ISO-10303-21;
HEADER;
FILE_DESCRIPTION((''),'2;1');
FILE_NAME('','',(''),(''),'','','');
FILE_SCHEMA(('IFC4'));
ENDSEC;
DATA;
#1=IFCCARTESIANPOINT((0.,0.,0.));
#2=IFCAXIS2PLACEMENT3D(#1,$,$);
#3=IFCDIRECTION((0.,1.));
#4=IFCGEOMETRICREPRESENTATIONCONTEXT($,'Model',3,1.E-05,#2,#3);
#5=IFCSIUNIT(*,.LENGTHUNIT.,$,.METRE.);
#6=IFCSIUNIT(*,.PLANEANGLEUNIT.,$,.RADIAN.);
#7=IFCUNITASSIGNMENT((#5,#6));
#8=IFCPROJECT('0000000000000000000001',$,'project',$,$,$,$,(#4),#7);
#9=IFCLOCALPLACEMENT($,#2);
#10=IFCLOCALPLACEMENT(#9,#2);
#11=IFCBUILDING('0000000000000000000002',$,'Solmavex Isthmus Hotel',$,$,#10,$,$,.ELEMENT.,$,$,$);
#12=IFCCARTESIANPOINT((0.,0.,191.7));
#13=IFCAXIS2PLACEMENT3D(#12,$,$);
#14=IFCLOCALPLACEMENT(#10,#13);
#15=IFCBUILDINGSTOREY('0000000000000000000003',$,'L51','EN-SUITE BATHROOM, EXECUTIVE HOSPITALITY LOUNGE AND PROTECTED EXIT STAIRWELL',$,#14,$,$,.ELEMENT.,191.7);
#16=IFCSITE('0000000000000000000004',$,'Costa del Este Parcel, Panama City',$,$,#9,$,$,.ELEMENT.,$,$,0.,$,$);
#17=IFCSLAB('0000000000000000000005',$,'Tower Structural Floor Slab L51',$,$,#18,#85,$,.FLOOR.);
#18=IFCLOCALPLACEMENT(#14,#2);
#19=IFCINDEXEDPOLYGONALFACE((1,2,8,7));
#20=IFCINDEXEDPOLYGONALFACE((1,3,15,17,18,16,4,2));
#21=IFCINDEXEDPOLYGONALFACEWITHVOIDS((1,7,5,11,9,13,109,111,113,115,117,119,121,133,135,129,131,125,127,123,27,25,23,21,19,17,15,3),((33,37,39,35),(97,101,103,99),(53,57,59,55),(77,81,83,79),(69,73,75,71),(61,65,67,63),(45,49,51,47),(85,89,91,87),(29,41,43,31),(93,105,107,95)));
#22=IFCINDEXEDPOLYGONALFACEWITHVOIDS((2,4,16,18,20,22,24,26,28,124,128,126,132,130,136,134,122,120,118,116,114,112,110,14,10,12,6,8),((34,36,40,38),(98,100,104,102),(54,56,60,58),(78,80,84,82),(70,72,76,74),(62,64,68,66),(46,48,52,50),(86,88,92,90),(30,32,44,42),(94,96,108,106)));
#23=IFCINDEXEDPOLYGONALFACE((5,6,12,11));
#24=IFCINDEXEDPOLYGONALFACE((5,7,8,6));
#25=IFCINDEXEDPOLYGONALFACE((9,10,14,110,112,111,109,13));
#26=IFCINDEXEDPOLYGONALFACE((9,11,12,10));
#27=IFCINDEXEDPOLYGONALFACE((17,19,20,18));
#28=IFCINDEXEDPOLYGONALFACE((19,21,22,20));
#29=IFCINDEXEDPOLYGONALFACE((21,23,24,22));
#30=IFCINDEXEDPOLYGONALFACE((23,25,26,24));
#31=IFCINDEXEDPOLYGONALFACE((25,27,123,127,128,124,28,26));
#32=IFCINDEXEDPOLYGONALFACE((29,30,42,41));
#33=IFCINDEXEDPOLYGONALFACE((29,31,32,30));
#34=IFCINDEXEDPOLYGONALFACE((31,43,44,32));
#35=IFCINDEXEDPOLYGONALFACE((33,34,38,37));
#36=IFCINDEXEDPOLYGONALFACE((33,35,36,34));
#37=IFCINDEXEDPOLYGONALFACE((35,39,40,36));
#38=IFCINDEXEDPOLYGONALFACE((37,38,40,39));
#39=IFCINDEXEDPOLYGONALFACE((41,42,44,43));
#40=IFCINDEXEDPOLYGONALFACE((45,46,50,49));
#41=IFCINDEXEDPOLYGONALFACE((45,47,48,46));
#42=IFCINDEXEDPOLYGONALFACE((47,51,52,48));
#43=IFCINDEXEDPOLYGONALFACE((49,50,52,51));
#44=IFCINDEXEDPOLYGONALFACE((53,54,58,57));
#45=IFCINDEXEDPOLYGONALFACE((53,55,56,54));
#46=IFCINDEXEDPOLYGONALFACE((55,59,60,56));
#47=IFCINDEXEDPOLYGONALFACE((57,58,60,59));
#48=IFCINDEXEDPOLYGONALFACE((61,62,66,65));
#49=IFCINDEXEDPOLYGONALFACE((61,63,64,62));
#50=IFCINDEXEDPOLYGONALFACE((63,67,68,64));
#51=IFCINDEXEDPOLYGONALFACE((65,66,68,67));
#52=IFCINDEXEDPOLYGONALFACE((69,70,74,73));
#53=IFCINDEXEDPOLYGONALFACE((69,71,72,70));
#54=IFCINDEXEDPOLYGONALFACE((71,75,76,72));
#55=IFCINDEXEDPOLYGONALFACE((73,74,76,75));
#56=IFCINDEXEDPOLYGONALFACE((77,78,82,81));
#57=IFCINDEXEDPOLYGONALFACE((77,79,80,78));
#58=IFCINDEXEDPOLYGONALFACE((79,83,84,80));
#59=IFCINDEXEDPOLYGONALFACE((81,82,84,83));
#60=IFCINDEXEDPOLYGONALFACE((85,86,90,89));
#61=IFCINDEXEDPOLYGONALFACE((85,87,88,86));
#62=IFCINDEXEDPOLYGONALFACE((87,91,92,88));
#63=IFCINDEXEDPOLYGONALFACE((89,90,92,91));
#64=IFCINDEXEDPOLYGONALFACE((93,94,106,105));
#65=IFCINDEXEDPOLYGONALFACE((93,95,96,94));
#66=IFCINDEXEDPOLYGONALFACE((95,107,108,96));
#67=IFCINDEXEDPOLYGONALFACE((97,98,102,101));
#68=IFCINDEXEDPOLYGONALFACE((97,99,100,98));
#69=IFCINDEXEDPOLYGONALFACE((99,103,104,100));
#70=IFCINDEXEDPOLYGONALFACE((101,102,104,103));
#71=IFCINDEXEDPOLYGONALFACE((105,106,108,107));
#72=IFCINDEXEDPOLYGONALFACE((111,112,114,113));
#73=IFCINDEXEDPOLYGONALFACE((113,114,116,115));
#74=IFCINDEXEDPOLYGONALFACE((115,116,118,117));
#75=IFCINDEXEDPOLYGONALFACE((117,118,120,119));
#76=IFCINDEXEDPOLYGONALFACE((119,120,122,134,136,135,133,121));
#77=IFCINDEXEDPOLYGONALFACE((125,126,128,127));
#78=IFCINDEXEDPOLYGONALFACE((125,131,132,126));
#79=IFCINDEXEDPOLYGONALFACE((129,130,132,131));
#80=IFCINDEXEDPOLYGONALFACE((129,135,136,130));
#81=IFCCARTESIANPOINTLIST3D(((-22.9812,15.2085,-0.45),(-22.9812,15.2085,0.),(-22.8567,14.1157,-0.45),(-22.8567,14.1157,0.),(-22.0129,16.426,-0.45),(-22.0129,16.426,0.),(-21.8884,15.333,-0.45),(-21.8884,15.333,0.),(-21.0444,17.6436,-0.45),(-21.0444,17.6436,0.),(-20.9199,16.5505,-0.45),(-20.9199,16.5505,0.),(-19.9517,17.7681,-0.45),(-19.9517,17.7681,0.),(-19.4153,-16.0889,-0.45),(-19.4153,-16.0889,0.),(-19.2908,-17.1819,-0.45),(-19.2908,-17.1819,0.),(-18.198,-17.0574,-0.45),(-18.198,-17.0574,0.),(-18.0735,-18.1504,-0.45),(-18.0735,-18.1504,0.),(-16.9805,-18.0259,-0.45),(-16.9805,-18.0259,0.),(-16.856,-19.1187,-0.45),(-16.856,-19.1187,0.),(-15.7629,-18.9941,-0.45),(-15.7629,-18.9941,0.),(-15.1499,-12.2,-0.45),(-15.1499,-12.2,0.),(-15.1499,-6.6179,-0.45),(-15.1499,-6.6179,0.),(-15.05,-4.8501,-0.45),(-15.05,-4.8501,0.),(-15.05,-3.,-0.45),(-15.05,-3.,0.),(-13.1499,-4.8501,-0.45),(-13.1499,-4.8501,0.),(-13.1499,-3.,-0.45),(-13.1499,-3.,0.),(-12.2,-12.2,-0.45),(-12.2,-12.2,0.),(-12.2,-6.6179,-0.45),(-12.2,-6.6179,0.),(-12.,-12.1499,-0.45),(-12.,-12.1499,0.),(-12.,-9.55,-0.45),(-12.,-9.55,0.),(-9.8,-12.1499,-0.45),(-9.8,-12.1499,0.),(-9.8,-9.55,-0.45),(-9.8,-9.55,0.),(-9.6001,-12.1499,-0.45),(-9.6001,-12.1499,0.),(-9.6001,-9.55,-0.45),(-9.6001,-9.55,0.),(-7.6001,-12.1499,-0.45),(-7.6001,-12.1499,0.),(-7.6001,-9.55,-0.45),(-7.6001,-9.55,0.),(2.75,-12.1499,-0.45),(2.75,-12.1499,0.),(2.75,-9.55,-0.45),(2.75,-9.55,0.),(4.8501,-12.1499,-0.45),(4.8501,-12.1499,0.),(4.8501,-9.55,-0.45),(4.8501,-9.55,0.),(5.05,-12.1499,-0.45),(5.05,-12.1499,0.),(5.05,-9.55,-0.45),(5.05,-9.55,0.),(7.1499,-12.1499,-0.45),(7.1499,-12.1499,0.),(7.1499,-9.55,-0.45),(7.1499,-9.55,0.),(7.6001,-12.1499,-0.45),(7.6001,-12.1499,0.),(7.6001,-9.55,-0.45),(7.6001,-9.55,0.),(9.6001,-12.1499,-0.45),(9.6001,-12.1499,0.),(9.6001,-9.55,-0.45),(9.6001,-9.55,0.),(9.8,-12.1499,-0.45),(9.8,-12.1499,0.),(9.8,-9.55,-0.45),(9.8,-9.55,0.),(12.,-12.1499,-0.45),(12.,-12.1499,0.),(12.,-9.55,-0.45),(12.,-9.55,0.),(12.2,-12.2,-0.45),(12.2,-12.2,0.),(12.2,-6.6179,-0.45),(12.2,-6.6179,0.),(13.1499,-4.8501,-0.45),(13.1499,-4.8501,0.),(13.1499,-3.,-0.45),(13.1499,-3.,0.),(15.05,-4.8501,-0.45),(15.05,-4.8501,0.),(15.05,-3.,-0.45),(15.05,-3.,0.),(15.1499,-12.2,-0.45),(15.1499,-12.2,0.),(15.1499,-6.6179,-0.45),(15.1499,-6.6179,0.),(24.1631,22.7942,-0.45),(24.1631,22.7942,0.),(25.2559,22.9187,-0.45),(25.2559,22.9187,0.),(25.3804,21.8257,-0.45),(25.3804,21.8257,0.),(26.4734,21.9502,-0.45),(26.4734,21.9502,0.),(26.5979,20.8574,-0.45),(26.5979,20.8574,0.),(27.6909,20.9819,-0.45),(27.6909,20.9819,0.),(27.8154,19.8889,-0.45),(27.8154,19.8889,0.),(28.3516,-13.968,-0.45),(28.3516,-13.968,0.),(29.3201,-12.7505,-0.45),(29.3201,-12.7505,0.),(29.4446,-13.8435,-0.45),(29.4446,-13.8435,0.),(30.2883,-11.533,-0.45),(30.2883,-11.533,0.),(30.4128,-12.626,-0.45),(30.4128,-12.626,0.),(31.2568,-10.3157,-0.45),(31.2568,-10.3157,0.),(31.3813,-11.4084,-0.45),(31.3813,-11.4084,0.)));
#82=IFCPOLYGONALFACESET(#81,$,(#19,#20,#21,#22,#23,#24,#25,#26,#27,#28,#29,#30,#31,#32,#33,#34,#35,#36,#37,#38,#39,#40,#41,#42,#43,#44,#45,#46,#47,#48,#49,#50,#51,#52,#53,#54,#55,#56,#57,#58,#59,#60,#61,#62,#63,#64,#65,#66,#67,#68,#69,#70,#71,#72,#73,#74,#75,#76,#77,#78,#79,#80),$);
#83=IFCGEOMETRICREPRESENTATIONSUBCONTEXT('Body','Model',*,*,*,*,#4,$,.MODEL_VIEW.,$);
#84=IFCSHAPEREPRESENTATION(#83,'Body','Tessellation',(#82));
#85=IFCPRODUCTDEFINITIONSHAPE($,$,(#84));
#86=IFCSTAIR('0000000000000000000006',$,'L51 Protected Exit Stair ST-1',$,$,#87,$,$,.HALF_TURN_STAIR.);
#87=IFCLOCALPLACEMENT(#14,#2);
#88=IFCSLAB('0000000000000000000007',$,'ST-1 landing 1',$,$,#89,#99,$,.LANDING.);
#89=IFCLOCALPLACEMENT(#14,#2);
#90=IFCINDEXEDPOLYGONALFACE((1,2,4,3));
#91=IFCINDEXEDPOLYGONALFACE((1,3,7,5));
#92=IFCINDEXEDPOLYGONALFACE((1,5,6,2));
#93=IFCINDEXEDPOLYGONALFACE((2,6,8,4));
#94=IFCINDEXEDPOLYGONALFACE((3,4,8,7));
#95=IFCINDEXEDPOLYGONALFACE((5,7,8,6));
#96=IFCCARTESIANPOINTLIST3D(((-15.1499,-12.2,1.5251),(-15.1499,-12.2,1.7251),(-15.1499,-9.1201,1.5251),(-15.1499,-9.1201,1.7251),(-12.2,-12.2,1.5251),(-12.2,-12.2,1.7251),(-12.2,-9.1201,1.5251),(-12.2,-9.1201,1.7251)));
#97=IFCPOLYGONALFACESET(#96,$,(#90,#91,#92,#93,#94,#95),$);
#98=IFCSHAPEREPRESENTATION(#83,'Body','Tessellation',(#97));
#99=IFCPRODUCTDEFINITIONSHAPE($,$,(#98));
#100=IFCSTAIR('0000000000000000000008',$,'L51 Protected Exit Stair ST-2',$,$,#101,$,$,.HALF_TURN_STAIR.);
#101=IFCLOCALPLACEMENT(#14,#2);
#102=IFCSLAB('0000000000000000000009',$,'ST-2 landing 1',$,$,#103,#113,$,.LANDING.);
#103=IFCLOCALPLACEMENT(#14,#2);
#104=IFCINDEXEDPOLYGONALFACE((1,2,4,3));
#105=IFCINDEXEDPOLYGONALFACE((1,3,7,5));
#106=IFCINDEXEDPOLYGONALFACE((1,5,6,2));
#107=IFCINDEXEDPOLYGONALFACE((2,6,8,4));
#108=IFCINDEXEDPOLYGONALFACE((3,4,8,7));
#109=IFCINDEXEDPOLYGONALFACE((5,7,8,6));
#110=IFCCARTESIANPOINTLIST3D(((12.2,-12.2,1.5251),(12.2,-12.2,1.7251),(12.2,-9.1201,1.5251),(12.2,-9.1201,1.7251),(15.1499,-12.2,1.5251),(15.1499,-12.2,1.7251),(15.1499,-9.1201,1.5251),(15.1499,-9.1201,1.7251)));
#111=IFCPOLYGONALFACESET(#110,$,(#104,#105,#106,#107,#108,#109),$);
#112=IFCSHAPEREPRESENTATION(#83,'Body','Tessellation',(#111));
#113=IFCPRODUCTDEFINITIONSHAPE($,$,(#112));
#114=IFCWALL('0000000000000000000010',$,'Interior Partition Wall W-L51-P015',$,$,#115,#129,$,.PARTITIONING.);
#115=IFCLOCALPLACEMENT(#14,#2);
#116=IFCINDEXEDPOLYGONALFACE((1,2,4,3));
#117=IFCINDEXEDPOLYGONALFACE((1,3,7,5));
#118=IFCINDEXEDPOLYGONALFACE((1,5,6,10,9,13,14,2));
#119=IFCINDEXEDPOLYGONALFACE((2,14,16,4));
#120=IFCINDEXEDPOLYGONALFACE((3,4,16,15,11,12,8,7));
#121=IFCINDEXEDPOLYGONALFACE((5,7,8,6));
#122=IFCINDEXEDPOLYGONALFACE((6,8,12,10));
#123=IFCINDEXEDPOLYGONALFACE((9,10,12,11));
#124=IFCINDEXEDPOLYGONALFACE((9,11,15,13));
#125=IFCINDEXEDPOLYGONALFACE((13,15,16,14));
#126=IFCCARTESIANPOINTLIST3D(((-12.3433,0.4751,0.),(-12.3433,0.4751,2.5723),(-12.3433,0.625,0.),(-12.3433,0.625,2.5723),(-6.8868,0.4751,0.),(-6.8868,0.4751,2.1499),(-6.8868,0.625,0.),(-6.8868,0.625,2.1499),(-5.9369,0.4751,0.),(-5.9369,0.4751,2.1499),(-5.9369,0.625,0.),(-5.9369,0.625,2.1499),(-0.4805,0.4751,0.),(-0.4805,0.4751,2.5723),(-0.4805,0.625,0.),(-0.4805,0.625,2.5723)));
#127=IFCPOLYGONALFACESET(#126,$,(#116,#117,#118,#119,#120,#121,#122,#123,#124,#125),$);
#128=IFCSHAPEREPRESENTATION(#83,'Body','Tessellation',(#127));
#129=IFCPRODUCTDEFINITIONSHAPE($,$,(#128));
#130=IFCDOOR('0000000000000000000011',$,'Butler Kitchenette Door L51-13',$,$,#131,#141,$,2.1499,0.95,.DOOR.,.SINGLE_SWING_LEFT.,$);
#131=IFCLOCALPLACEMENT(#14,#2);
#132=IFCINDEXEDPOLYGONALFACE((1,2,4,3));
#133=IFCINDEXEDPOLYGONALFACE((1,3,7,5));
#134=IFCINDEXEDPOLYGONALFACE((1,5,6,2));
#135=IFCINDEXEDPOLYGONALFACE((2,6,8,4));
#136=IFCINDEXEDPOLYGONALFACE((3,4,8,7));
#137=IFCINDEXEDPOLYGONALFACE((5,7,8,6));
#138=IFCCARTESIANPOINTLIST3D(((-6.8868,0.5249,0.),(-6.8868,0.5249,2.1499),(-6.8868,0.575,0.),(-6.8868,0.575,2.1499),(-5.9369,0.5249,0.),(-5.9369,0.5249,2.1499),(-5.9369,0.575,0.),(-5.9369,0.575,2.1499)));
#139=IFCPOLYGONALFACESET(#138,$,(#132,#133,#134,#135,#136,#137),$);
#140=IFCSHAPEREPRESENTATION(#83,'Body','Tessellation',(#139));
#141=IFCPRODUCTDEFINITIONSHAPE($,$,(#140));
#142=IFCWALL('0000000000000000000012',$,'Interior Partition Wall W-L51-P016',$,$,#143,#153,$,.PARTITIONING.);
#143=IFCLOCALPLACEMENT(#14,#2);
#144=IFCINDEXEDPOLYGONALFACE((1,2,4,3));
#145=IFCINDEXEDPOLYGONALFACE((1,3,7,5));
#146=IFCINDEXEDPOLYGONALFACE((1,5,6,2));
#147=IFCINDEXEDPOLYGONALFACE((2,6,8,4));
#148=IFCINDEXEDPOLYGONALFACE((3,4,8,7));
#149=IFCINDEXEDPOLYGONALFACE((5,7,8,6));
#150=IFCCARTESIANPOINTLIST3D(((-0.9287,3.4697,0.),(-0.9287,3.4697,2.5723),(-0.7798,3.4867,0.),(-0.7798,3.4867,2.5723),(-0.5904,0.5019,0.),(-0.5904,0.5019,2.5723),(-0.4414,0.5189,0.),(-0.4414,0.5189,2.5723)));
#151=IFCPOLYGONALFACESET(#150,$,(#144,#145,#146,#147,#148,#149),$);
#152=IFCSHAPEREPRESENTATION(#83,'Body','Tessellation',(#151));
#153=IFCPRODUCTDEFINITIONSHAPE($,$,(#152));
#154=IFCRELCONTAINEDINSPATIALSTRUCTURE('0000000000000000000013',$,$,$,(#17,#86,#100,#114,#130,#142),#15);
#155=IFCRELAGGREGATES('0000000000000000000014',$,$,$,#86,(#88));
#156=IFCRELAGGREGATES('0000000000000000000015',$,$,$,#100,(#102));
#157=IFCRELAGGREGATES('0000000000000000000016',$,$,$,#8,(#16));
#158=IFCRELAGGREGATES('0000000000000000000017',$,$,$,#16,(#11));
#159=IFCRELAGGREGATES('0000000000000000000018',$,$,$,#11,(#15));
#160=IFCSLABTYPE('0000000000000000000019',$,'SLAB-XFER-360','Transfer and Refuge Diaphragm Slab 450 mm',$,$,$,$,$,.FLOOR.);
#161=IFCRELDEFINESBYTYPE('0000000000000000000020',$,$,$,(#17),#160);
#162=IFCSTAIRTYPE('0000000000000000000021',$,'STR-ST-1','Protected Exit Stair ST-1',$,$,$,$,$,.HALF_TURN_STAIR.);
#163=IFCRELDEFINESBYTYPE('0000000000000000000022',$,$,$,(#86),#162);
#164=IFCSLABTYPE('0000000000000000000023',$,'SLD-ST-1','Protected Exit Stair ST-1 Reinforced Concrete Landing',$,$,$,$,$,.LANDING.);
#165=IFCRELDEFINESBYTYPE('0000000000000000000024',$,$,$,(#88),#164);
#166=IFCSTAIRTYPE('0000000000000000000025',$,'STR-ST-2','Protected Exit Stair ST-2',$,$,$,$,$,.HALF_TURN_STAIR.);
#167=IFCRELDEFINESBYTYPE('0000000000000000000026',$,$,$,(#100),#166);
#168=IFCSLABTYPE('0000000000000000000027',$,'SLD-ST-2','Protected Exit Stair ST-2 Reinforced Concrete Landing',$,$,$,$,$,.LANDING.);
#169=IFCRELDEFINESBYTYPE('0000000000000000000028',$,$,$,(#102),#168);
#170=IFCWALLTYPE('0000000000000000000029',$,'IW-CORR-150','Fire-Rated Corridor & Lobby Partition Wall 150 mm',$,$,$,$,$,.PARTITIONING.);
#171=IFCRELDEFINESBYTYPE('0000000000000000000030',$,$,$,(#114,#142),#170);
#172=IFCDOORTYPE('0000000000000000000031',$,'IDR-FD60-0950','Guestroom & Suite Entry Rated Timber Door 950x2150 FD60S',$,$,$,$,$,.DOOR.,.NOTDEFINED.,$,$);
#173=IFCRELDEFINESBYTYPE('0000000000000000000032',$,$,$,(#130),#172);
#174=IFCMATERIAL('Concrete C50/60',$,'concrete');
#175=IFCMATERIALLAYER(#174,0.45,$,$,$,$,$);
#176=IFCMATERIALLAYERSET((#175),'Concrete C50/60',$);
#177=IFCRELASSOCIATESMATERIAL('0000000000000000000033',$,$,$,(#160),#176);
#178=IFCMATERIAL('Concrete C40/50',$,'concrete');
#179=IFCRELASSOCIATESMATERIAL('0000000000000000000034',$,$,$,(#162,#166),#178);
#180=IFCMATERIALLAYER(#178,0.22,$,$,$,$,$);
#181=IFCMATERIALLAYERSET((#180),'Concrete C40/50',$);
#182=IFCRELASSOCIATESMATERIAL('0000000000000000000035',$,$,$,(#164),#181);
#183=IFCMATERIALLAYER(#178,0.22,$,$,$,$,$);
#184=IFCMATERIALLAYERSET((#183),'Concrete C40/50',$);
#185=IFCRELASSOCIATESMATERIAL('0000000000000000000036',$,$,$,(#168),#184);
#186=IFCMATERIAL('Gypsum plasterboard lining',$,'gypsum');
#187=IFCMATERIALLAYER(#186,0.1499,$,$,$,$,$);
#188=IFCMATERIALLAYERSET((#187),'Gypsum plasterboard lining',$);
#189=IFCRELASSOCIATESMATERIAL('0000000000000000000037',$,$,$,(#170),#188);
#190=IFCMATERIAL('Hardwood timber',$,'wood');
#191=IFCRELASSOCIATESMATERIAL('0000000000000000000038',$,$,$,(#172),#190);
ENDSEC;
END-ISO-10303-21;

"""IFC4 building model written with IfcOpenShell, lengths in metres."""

from ifc_helpers import new_model, si_unit, direction, frame, frame_2d, origin, place, context, subcontext, project, spatial, polyline, rectangle, outline, extrude, material, layer, layer_set, type_object, element, fill, aggregate, save


model = new_model("IFC4")

# Units and contexts
model_context = context("Model", 3, precision=1e-05, world=origin(), true_north=direction((0.0, 1.0)))
body_context = subcontext(model_context, "Body", "Model", "MODEL_VIEW")
ifc_project = project(units=[si_unit("LENGTHUNIT", "METRE"), si_unit("PLANEANGLEUNIT", "RADIAN")], contexts=[model_context])

# Site, building, storey
site_placement = place(None, origin())
site = spatial("IfcSite", under=ifc_project, at=site_placement, Name="Costa del Este Parcel, Panama City", CompositionType="ELEMENT", RefElevation=0.0)
building_placement = place(site_placement, origin())
building = spatial("IfcBuilding", under=site, at=building_placement, Name="Solmavex Isthmus Hotel", CompositionType="ELEMENT")
storey_placement = place(building_placement, frame((0.0, 0.0, 191.7)))
storey = spatial("IfcBuildingStorey", under=building, at=storey_placement, Name="L51", Description="EN-SUITE BATHROOM, EXECUTIVE HOSPITALITY LOUNGE AND PROTECTED EXIT STAIRWELL", CompositionType="ELEMENT", Elevation=191.7)

# Shared definitions
ifc_material_1 = material(Name="Concrete C50/60", Category="concrete")

# Slab
ifc_material_2 = material(Name="Concrete C40/50", Category="concrete")
ifc_layer_1 = layer(ifc_material_1, 0.45)
ifc_layer_set_1 = layer_set([ifc_layer_1], Name="Concrete C50/60")
slab_type_1 = type_object("IfcSlabType", Name="SLAB-XFER-360", Description="Transfer and Refuge Diaphragm Slab 450 mm", PredefinedType="FLOOR", material=ifc_layer_set_1)
slab_1_placement = place(storey_placement, frame((0.0, 0.0, -0.45)))
element("IfcSlab", 1, at=slab_1_placement, inside=storey, type_object=slab_type_1, Name="Tower Structural Floor Slab L51", PredefinedType="FLOOR", context=body_context, shape_type="SweptSolid", body=[
    extrude(outline(polyline([(-15.7629, -18.9941), (28.3516, -13.968), (29.4446, -13.8435), (29.3201, -12.7505), (30.4128, -12.626), (30.2883, -11.533), (31.3813, -11.4084), (31.2568, -10.3157), (27.8154, 19.8889), (27.6909, 20.9819), (26.5979, 20.8574), (26.4734, 21.9502), (25.3804, 21.8257), (25.2559, 22.9187), (24.1631, 22.7942), (-19.9517, 17.7681), (-21.0444, 17.6436), (-20.9199, 16.5505), (-22.0129, 16.426), (-21.8884, 15.333), (-22.9812, 15.2085), (-22.8567, 14.1157), (-19.4153, -16.0889), (-19.2908, -17.1819), (-18.198, -17.0574), (-18.0735, -18.1504), (-16.9805, -18.0259), (-16.856, -19.1187), (-15.7629, -18.9941)]), holes=[polyline([(-15.1499, -6.6179), (-15.1499, -12.2), (-12.2, -12.2), (-12.2, -6.6179), (-15.1499, -6.6179)]), polyline([(12.2, -6.6179), (12.2, -12.2), (15.1499, -12.2), (15.1499, -6.6179), (12.2, -6.6179)]), polyline([(-12.0, -12.1499), (-9.8, -12.1499), (-9.8, -9.55), (-12.0, -9.55), (-12.0, -12.1499)]), polyline([(9.8, -12.1499), (12.0, -12.1499), (12.0, -9.55), (9.8, -9.55), (9.8, -12.1499)]), polyline([(-9.6001, -12.1499), (-7.6001, -12.1499), (-7.6001, -9.55), (-9.6001, -9.55), (-9.6001, -12.1499)]), polyline([(7.6001, -12.1499), (9.6001, -12.1499), (9.6001, -9.55), (7.6001, -9.55), (7.6001, -12.1499)]), polyline([(2.75, -12.1499), (4.8501, -12.1499), (4.8501, -9.55), (2.75, -9.55), (2.75, -12.1499)]), polyline([(5.05, -12.1499), (7.1499, -12.1499), (7.1499, -9.55), (5.05, -9.55), (5.05, -12.1499)]), polyline([(-15.05, -4.8501), (-13.1499, -4.8501), (-13.1499, -3.0), (-15.05, -3.0), (-15.05, -4.8501)]), polyline([(13.1499, -4.8501), (15.05, -4.8501), (15.05, -3.0), (13.1499, -3.0), (13.1499, -4.8501)])]), origin(), (0.0, 0.0, 1.0), 0.45),
])

# Stairs, slabs
stair_type_1 = type_object("IfcStairType", Name="STR-ST-1", Description="Protected Exit Stair ST-1", PredefinedType="HALF_TURN_STAIR", material=ifc_material_2)
stair_1_placement = place(storey_placement, origin())
stair_1 = element("IfcStair", 2, at=stair_1_placement, inside=storey, type_object=stair_type_1, Name="L51 Protected Exit Stair ST-1", PredefinedType="HALF_TURN_STAIR")
ifc_layer_2 = layer(ifc_material_2, 0.22)
ifc_layer_set_2 = layer_set([ifc_layer_2], Name="Concrete C40/50")
slab_type_2 = type_object("IfcSlabType", Name="SLD-ST-1", Description="Protected Exit Stair ST-1 Reinforced Concrete Landing", PredefinedType="LANDING", material=ifc_layer_set_2)
slab_2_placement = place(storey_placement, frame((0.0, 0.0, 1.5251)))
slab_2 = element("IfcSlab", 3, at=slab_2_placement, type_object=slab_type_2, Name="ST-1 landing 1", PredefinedType="LANDING", context=body_context, shape_type="SweptSolid", body=[
    extrude(outline(polyline([(-15.1499, -9.1201), (-15.1499, -12.2), (-12.2, -12.2), (-12.2, -9.1201), (-15.1499, -9.1201)])), origin(), (0.0, 0.0, 1.0), 0.2),
])
aggregate(stair_1, [slab_2])
stair_type_2 = type_object("IfcStairType", Name="STR-ST-2", Description="Protected Exit Stair ST-2", PredefinedType="HALF_TURN_STAIR", material=ifc_material_2)
stair_2_placement = place(storey_placement, origin())
stair_2 = element("IfcStair", 4, at=stair_2_placement, inside=storey, type_object=stair_type_2, Name="L51 Protected Exit Stair ST-2", PredefinedType="HALF_TURN_STAIR")
ifc_layer_3 = layer(ifc_material_2, 0.22)
ifc_layer_set_3 = layer_set([ifc_layer_3], Name="Concrete C40/50")
slab_type_3 = type_object("IfcSlabType", Name="SLD-ST-2", Description="Protected Exit Stair ST-2 Reinforced Concrete Landing", PredefinedType="LANDING", material=ifc_layer_set_3)
slab_3_placement = place(storey_placement, frame((0.0, 0.0, 1.5251)))
slab_3 = element("IfcSlab", 5, at=slab_3_placement, type_object=slab_type_3, Name="ST-2 landing 1", PredefinedType="LANDING", context=body_context, shape_type="SweptSolid", body=[
    extrude(outline(polyline([(12.2, -9.1201), (12.2, -12.2), (15.1499, -12.2), (15.1499, -9.1201), (12.2, -9.1201)])), origin(), (0.0, 0.0, 1.0), 0.2),
])
aggregate(stair_2, [slab_3])

# Wall, opening, door
ifc_material_3 = material(Name="Gypsum plasterboard lining", Category="gypsum")
ifc_layer_4 = layer(ifc_material_3, 0.1499)
ifc_layer_set_4 = layer_set([ifc_layer_4], Name="Gypsum plasterboard lining")
wall_type = type_object("IfcWallType", Name="IW-CORR-150", Description="Fire-Rated Corridor & Lobby Partition Wall 150 mm", PredefinedType="PARTITIONING", material=ifc_layer_set_4)
wall_1_placement = place(storey_placement, frame((-12.3433, 0.55, 0.0), z_axis=(0.0, 0.0, 1.0), x_axis=(1.0, 0.0, 0.0)))
wall_1 = element("IfcWall", 6, at=wall_1_placement, inside=storey, type_object=wall_type, Name="Interior Partition Wall W-L51-P015", PredefinedType="PARTITIONING", context=body_context, shape_type="SweptSolid", body=[
    extrude(rectangle(XDim=11.8628, YDim=0.1499, at=frame_2d((5.9314, 0.0))), origin(), (0.0, 0.0, 1.0), 2.5723),
])
opening_placement = place(wall_1_placement, frame((5.4563, 0.0, 0.0)))
opening = element("IfcOpeningElement", 7, at=opening_placement, cuts=wall_1, PredefinedType="OPENING", context=body_context, shape_type="SweptSolid", body=[
    extrude(rectangle(XDim=0.95, YDim=2.1499, at=frame_2d((0.4751, 1.075))), frame((0.0, 0.085, 0.0), z_axis=(0.0, -1.0, 0.0), x_axis=(1.0, 0.0, 0.0)), (0.0, 0.0, 1.0), 0.1699),
])
ifc_material_4 = material(Name="Hardwood timber", Category="wood")
door_type = type_object("IfcDoorType", Name="IDR-FD60-0950", Description="Guestroom & Suite Entry Rated Timber Door 950x2150 FD60S", OperationType="NOTDEFINED", PredefinedType="DOOR", material=ifc_material_4)
door_placement = place(opening_placement, origin())
door = element("IfcDoor", 8, at=door_placement, inside=storey, type_object=door_type, Name="Butler Kitchenette Door L51-13", OperationType="SINGLE_SWING_LEFT", OverallHeight=2.1499, OverallWidth=0.95, PredefinedType="DOOR", context=body_context, shape_type="SweptSolid", body=[
    extrude(rectangle(XDim=0.95, YDim=2.1499, at=frame_2d((0.4751, 1.075))), frame((0.0, 0.0249, 0.0), z_axis=(0.0, -1.0, 0.0), x_axis=(1.0, 0.0, 0.0)), (0.0, 0.0, 1.0), 0.05),
])
fill(opening, door)

# Wall
wall_2_placement = place(storey_placement, frame((-0.5159, 0.5103, 0.0), z_axis=(0.0, 0.0, 1.0), x_axis=(-0.113284, 0.993563, 0.0)))
element("IfcWall", 9, at=wall_2_placement, inside=storey, type_object=wall_type, Name="Interior Partition Wall W-L51-P016", PredefinedType="PARTITIONING", context=body_context, shape_type="SweptSolid", body=[
    extrude(rectangle(XDim=2.9871, YDim=0.1499, at=frame_2d((1.4937, 0.0))), origin(), (0.0, 0.0, 1.0), 2.5723),
])

save(model, "model.ifc")
